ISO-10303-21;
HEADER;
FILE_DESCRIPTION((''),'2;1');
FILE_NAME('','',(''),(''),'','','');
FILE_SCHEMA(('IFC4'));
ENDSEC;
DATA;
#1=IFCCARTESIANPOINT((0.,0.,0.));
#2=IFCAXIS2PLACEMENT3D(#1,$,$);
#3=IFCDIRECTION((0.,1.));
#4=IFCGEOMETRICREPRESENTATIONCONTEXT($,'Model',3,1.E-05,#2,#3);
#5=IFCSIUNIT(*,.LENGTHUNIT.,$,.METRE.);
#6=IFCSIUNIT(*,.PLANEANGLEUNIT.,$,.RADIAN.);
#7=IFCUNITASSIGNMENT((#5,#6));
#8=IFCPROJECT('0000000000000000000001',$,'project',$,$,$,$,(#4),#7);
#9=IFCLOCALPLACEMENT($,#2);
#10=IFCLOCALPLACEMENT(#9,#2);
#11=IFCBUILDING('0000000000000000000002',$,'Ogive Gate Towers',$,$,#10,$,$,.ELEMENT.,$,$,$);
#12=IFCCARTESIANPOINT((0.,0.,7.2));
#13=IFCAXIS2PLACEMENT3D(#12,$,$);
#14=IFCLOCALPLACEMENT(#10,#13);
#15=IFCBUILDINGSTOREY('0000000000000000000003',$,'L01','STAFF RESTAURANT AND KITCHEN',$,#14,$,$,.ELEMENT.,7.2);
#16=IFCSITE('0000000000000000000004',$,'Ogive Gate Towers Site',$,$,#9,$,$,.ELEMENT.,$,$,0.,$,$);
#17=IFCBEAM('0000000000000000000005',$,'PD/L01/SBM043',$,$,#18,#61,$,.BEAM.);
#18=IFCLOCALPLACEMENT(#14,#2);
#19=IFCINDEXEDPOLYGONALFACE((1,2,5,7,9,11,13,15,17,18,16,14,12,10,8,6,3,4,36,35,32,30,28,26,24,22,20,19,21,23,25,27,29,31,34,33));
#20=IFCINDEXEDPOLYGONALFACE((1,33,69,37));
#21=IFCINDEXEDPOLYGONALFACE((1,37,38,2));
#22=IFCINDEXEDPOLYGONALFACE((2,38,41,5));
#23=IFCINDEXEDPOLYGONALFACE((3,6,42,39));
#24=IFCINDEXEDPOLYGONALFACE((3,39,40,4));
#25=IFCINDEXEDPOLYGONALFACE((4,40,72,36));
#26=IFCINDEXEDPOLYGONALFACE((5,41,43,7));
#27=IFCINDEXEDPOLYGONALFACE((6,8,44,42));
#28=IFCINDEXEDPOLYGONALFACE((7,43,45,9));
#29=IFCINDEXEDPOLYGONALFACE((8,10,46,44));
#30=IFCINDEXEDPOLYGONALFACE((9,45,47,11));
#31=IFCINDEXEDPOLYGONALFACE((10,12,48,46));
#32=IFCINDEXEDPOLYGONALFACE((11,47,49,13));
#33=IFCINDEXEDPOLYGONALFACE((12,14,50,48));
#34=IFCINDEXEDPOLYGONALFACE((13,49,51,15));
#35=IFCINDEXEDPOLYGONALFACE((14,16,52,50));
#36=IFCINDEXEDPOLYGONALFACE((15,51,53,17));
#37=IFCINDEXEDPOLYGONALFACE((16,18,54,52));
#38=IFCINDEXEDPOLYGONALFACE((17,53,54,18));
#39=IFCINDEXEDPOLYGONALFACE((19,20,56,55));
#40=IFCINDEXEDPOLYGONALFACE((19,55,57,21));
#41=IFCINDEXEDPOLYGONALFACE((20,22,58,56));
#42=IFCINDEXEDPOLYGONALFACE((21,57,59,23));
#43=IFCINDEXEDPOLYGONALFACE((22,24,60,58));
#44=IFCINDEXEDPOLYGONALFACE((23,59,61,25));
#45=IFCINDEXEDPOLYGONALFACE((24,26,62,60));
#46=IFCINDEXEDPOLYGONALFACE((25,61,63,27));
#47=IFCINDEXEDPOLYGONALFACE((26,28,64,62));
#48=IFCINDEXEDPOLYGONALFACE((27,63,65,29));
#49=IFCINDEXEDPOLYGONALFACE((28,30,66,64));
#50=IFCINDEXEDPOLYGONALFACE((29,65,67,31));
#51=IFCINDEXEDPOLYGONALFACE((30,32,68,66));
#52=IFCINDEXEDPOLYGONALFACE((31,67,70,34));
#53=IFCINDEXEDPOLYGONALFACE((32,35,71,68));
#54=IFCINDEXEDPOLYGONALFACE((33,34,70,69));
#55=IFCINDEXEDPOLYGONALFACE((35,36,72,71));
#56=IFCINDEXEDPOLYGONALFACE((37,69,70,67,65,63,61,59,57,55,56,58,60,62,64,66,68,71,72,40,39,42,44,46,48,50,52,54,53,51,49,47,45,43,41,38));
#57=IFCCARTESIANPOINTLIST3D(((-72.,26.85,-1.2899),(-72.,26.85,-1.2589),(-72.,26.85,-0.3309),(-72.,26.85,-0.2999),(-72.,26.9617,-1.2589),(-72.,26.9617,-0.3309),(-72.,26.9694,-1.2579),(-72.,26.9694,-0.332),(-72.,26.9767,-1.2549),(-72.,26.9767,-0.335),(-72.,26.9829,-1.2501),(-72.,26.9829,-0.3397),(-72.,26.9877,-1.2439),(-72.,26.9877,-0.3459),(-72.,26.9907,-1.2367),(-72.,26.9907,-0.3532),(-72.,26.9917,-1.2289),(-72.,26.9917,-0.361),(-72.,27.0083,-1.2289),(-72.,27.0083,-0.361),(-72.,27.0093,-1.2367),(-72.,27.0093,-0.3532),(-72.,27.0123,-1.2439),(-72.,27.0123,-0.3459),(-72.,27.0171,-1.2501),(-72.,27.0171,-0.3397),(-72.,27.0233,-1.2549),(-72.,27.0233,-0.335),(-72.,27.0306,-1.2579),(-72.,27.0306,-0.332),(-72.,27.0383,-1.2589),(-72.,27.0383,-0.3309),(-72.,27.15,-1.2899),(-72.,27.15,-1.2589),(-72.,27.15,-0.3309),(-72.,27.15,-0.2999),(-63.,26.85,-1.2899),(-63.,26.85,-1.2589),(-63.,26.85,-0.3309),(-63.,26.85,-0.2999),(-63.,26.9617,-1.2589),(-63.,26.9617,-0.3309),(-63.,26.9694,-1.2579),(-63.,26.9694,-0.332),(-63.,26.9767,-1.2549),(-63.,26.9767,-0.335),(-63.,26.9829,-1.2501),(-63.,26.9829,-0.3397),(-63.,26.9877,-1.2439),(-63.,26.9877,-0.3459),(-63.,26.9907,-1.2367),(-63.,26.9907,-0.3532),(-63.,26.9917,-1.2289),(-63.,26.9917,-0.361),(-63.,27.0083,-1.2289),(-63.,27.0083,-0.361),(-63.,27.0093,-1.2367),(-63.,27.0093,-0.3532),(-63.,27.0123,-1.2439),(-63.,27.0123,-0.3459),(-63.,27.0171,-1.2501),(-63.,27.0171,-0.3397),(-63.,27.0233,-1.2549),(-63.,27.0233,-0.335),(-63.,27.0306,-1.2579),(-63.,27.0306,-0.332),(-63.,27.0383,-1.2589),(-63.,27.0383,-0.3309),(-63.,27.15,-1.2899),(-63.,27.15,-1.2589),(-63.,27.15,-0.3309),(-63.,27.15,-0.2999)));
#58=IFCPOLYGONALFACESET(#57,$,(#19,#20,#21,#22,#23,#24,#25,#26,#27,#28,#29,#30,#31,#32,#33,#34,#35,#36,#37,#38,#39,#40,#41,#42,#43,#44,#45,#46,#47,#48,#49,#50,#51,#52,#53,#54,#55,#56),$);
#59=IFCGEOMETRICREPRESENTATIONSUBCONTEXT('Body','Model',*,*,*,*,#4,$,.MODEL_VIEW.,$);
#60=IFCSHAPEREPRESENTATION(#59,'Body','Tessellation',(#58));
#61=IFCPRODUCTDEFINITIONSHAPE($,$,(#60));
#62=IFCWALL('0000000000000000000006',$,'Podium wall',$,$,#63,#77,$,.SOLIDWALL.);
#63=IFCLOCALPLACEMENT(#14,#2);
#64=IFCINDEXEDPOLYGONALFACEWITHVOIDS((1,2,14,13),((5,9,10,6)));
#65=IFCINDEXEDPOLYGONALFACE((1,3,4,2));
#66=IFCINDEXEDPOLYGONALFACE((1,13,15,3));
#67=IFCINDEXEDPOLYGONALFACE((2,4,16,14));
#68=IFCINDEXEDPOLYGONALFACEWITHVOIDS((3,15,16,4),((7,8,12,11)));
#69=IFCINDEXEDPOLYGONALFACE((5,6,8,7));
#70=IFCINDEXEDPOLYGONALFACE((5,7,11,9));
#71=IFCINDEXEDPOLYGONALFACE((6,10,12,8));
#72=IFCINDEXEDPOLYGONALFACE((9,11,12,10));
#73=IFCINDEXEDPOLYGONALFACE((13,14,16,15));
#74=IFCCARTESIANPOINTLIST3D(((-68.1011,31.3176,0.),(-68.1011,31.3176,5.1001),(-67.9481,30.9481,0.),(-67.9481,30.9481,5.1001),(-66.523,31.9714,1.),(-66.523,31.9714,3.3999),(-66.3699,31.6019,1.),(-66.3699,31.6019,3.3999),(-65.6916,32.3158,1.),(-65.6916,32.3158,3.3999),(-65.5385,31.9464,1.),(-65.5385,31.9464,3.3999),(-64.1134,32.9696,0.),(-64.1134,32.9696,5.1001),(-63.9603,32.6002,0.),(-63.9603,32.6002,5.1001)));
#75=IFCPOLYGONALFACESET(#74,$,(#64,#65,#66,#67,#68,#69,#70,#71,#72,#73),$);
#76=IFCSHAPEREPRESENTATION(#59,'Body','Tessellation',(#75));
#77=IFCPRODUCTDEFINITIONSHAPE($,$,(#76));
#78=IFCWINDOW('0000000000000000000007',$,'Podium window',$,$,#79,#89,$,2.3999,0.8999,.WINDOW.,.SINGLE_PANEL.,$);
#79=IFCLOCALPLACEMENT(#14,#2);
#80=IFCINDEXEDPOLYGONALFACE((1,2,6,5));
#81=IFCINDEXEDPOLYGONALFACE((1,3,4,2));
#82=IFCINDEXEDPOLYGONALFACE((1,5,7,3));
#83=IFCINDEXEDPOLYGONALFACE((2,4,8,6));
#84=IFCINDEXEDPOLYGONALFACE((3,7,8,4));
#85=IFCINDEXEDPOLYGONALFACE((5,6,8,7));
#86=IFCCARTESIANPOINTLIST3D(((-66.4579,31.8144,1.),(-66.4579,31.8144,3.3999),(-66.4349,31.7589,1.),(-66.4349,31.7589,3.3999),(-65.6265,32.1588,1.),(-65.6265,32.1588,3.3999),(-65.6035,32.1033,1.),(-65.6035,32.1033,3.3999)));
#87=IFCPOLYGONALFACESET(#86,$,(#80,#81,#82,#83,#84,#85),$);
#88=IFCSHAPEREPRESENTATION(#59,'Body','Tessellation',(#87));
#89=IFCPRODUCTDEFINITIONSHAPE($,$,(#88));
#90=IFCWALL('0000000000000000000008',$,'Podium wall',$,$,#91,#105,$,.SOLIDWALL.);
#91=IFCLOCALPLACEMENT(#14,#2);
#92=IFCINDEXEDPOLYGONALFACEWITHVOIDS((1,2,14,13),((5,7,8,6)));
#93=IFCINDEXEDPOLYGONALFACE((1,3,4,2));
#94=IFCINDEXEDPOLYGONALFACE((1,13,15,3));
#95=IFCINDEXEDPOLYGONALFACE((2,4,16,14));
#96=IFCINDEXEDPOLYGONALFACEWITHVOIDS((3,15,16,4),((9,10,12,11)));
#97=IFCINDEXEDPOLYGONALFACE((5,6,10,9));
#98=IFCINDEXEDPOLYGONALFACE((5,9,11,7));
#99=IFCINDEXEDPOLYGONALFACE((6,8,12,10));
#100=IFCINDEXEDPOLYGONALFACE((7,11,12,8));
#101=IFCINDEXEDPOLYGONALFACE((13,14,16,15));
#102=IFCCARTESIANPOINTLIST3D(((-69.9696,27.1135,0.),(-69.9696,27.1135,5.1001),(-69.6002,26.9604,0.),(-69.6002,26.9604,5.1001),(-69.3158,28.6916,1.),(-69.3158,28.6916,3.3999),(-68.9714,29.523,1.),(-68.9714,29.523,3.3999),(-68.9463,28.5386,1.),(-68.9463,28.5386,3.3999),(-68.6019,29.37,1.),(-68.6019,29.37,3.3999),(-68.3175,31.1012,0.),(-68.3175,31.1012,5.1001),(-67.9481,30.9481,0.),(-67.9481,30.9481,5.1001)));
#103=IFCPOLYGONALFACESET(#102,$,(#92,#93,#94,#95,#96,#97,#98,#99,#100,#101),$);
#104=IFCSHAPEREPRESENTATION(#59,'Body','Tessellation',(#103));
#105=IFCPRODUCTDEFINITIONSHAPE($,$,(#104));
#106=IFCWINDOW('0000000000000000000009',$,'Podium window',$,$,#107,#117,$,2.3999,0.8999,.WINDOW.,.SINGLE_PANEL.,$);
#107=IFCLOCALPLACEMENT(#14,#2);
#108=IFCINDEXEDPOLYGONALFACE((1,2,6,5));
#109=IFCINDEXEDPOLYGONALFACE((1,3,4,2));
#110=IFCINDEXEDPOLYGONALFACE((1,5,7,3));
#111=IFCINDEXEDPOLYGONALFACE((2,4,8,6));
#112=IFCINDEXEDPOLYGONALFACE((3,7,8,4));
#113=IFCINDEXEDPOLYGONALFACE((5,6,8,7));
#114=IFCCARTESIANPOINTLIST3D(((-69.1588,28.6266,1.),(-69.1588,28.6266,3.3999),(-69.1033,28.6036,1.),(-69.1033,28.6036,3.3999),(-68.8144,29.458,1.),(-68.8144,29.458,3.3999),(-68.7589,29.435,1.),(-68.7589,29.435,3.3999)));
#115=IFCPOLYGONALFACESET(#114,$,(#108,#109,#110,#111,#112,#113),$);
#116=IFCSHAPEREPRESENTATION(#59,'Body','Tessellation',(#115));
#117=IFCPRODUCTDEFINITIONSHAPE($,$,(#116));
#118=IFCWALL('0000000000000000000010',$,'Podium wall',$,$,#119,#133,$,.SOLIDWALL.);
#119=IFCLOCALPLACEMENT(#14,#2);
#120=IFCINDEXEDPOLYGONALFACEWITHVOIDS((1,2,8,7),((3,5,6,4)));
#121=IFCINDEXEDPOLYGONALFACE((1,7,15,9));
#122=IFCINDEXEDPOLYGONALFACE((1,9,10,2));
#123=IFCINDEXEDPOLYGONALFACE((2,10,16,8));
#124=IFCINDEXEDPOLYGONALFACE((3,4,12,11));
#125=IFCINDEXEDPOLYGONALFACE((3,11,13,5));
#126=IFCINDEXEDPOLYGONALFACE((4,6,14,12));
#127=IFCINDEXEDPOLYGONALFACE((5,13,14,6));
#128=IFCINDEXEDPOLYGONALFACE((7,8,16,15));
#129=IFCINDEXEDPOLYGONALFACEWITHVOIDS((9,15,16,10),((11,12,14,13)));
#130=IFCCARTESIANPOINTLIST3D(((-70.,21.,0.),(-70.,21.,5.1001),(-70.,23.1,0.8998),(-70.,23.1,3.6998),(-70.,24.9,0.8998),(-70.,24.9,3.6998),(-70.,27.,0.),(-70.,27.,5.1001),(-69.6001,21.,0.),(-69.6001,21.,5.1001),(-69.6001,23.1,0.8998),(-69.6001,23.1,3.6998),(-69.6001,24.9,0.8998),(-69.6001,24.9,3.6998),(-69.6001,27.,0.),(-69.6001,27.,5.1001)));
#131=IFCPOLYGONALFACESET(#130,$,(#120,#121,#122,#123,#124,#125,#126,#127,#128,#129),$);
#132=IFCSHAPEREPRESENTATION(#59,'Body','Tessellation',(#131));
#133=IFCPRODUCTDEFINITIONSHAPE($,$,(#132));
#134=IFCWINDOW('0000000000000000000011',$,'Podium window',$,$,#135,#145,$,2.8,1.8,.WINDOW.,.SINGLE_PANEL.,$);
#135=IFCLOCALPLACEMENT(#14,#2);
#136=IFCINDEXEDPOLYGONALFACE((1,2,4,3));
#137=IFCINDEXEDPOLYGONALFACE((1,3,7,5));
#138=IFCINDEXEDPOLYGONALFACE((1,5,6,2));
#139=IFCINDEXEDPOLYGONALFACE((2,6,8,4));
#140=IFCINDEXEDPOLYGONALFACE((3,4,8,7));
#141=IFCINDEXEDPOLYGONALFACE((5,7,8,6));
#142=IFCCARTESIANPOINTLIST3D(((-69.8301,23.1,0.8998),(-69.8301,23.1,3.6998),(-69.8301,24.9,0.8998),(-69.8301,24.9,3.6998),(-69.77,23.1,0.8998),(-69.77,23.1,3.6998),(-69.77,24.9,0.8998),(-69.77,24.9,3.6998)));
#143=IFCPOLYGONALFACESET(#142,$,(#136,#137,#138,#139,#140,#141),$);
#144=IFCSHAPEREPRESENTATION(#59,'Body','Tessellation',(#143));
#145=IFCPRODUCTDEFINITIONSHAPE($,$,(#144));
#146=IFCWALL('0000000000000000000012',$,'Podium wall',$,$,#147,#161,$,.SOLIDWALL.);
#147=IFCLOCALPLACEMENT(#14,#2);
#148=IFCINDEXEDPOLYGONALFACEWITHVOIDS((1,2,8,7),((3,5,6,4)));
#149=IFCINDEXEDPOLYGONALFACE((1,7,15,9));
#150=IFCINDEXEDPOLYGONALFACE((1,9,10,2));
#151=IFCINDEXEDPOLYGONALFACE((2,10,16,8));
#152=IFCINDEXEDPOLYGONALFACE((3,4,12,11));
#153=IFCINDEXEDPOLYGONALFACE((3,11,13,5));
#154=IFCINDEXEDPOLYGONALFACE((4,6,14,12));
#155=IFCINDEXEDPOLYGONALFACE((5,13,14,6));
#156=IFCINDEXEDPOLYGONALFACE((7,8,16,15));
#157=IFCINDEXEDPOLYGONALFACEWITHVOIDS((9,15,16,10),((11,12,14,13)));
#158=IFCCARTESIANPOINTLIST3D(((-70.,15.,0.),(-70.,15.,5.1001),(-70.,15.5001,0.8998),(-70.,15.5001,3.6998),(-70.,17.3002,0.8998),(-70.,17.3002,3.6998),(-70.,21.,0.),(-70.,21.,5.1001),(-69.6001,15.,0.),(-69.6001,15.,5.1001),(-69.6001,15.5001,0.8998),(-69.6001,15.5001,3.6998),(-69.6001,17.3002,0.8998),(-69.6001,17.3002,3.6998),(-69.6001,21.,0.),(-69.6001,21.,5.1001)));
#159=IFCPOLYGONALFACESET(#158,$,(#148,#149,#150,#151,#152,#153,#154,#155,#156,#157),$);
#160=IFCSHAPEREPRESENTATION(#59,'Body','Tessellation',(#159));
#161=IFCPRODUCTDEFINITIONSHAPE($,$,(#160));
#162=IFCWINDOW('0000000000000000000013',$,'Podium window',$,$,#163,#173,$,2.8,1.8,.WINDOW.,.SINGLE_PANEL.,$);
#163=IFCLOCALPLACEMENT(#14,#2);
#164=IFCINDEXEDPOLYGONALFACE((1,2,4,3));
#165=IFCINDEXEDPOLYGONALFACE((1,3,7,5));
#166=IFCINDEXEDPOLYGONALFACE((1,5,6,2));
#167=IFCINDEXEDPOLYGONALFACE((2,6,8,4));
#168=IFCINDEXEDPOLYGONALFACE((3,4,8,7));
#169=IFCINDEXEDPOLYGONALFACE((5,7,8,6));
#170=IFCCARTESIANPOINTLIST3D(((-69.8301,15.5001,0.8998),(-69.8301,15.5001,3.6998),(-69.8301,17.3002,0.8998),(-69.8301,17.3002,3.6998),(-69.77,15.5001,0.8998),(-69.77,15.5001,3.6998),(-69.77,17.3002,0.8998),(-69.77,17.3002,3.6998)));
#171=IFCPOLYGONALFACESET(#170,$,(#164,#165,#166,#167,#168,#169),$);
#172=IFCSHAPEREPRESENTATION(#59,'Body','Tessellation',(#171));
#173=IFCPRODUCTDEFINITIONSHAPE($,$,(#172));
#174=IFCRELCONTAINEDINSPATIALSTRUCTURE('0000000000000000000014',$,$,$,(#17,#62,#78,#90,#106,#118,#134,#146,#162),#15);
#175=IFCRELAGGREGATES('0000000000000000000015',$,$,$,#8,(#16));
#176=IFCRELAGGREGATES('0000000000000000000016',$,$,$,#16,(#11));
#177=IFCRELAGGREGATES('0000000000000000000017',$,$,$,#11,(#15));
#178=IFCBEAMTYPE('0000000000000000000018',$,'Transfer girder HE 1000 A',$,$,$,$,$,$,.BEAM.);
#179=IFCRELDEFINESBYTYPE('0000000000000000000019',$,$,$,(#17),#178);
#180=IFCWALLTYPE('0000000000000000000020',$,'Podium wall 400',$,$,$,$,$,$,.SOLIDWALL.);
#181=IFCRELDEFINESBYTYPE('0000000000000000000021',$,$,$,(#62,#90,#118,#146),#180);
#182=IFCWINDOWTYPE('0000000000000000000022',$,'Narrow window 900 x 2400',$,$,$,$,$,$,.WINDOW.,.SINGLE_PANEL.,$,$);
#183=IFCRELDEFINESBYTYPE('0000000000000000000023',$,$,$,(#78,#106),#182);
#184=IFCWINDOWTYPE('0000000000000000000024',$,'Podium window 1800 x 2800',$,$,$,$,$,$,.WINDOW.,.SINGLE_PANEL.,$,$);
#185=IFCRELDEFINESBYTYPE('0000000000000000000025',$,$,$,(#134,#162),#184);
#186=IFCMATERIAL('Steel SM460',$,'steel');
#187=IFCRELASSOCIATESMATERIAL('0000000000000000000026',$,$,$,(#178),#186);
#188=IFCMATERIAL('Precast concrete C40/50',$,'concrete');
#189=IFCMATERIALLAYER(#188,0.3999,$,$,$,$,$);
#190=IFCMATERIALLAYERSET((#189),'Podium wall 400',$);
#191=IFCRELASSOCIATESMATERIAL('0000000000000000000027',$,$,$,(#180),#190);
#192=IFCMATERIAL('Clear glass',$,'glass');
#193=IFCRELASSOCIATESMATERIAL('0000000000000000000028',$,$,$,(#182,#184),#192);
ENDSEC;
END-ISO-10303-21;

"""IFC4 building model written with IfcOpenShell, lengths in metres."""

from ifc_helpers import new_model, si_unit, direction, frame, frame_2d, origin, origin_2d, place, context, subcontext, project, spatial, rectangle, i_section, extrude, material, layer, layer_set, material_profile, profile_set, type_object, element, fill, save


model = new_model("IFC4")

# Units and contexts
model_context = context("Model", 3, precision=1e-05, world=origin(), true_north=direction((0.0, 1.0)))
body_context = subcontext(model_context, "Body", "Model", "MODEL_VIEW")
ifc_project = project(units=[si_unit("LENGTHUNIT", "METRE"), si_unit("PLANEANGLEUNIT", "RADIAN")], contexts=[model_context])

# Site, building, storey
site_placement = place(None, origin())
site = spatial("IfcSite", under=ifc_project, at=site_placement, Name="Ogive Gate Towers Site", CompositionType="ELEMENT", RefElevation=0.0)
building_placement = place(site_placement, origin())
building = spatial("IfcBuilding", under=site, at=building_placement, Name="Ogive Gate Towers", CompositionType="ELEMENT")
storey_placement = place(building_placement, frame((0.0, 0.0, 7.2)))
storey = spatial("IfcBuildingStorey", under=building, at=storey_placement, Name="L01", Description="STAFF RESTAURANT AND KITCHEN", CompositionType="ELEMENT", Elevation=7.2)

# Beam
ifc_material_1 = material(Name="Steel SM460", Category="steel")
ifc_material_profile_1 = material_profile(ifc_material_1, i_section(OverallWidth=0.3, OverallDepth=0.99, WebThickness=0.0166, FlangeThickness=0.031, FilletRadius=0.03, at=origin_2d()), Name="HE 1000 A")
ifc_profile_set_1 = profile_set([ifc_material_profile_1], Name="Steel SM460")
beam_type_1 = type_object("IfcBeamType", Name="Transfer girder HE 1000 A", PredefinedType="BEAM", material=ifc_profile_set_1)
for number, where, z_axis, x_axis, name in (
    (1, (-72.0, 27.0, -0.7949), (1.0, 0.0, 0.0), (0.0, 1.0, 0.0), "PD/L01/SBM043"),
):
    element("IfcBeam", number, at=place(storey_placement, frame(where, z_axis=z_axis, x_axis=x_axis)), inside=storey, type_object=beam_type_1, Name=name, PredefinedType="BEAM", context=body_context, shape_type="SweptSolid", body=[
        extrude(i_section(OverallWidth=0.3, OverallDepth=0.99, WebThickness=0.0166, FlangeThickness=0.031, FilletRadius=0.03, at=origin_2d()), origin(), (0.0, 0.0, 1.0), 9.0),
    ])

# Walls, openings, windows
ifc_material_2 = material(Name="Precast concrete C40/50", Category="concrete")
ifc_layer = layer(ifc_material_2, 0.3999)
ifc_layer_set = layer_set([ifc_layer], Name="Podium wall 400")
wall_type = type_object("IfcWallType", Name="Podium wall 400", PredefinedType="SOLIDWALL", material=ifc_layer_set)
wall_1_placement = place(storey_placement, frame((-64.0369, 32.7849, 0.0), z_axis=(0.0, 0.0, 1.0), x_axis=(-0.923855, -0.382743, 0.0)))
wall_1 = element("IfcWall", 2, at=wall_1_placement, inside=storey, type_object=wall_type, Name="Podium wall", PredefinedType="SOLIDWALL", context=body_context, shape_type="SweptSolid", body=[
    extrude(rectangle(XDim=4.3164, YDim=0.3999, at=frame_2d((2.1582, 0.0))), origin(), (0.0, 0.0, 1.0), 5.1001),
])
opening_1_placement = place(wall_1_placement, frame((1.7083, 0.0, 1.0)))
opening_1 = element("IfcOpeningElement", 3, at=opening_1_placement, cuts=wall_1, PredefinedType="OPENING", context=body_context, shape_type="SweptSolid", body=[
    extrude(rectangle(XDim=0.8999, YDim=2.3999, at=frame_2d((0.45, 1.2))), frame((0.0, 0.21, 0.0), z_axis=(0.0, -1.0, 0.0), x_axis=(1.0, 0.0, 0.0)), (0.0, 0.0, 1.0), 0.4199),
])
ifc_material_3 = material(Name="Clear glass", Category="glass")
window_type_1 = type_object("IfcWindowType", Name="Narrow window 900 x 2400", PartitioningType="SINGLE_PANEL", PredefinedType="WINDOW", material=ifc_material_3)
window_1_placement = place(opening_1_placement, origin())
window_1 = element("IfcWindow", 4, at=window_1_placement, inside=storey, type_object=window_type_1, Name="Podium window", OverallHeight=2.3999, OverallWidth=0.8999, PartitioningType="SINGLE_PANEL", PredefinedType="WINDOW", context=body_context, shape_type="SweptSolid", body=[
    extrude(rectangle(XDim=0.8999, YDim=2.3999, at=frame_2d((0.45, 1.2))), frame((0.0, 0.03, 0.0), z_axis=(0.0, -1.0, 0.0), x_axis=(1.0, 0.0, 0.0)), (0.0, 0.0, 1.0), 0.0601),
])
fill(opening_1, window_1)
wall_2_placement = place(storey_placement, frame((-68.1328, 31.0247, 0.0), z_axis=(0.0, 0.0, 1.0), x_axis=(-0.382743, -0.923855, 0.0)))
wall_2 = element("IfcWall", 5, at=wall_2_placement, inside=storey, type_object=wall_type, Name="Podium wall", PredefinedType="SOLIDWALL", context=body_context, shape_type="SweptSolid", body=[
    extrude(rectangle(XDim=4.3164, YDim=0.3999, at=frame_2d((2.1582, 0.0))), origin(), (0.0, 0.0, 1.0), 5.1001),
])
opening_2_placement = place(wall_2_placement, frame((1.7083, 0.0, 1.0)))
opening_2 = element("IfcOpeningElement", 6, at=opening_2_placement, cuts=wall_2, PredefinedType="OPENING", context=body_context, shape_type="SweptSolid", body=[
    extrude(rectangle(XDim=0.8999, YDim=2.3999, at=frame_2d((0.45, 1.2))), frame((0.0, 0.21, 0.0), z_axis=(0.0, -1.0, 0.0), x_axis=(1.0, 0.0, 0.0)), (0.0, 0.0, 1.0), 0.4199),
])
window_2_placement = place(opening_2_placement, origin())
window_2 = element("IfcWindow", 7, at=window_2_placement, inside=storey, type_object=window_type_1, Name="Podium window", OverallHeight=2.3999, OverallWidth=0.8999, PartitioningType="SINGLE_PANEL", PredefinedType="WINDOW", context=body_context, shape_type="SweptSolid", body=[
    extrude(rectangle(XDim=0.8999, YDim=2.3999, at=frame_2d((0.45, 1.2))), frame((0.0, 0.03, 0.0), z_axis=(0.0, -1.0, 0.0), x_axis=(1.0, 0.0, 0.0)), (0.0, 0.0, 1.0), 0.0601),
])
fill(opening_2, window_2)
wall_3_placement = place(storey_placement, frame((-69.8, 27.0, 0.0), z_axis=(0.0, 0.0, 1.0), x_axis=(0.0, -1.0, 0.0)))
wall_3 = element("IfcWall", 8, at=wall_3_placement, inside=storey, type_object=wall_type, Name="Podium wall", PredefinedType="SOLIDWALL", context=body_context, shape_type="SweptSolid", body=[
    extrude(rectangle(XDim=6.0, YDim=0.3999, at=frame_2d((3.0, 0.0))), origin(), (0.0, 0.0, 1.0), 5.1001),
])
opening_3_placement = place(wall_3_placement, frame((2.1001, 0.0, 0.8999)))
opening_3 = element("IfcOpeningElement", 9, at=opening_3_placement, cuts=wall_3, PredefinedType="OPENING", context=body_context, shape_type="SweptSolid", body=[
    extrude(rectangle(XDim=1.8, YDim=2.8, at=frame_2d((0.8999, 1.3999))), frame((0.0, 0.21, 0.0), z_axis=(0.0, -1.0, 0.0), x_axis=(1.0, 0.0, 0.0)), (0.0, 0.0, 1.0), 0.4199),
])
window_type_2 = type_object("IfcWindowType", Name="Podium window 1800 x 2800", PartitioningType="SINGLE_PANEL", PredefinedType="WINDOW", material=ifc_material_3)
window_3_placement = place(opening_3_placement, origin())
window_3 = element("IfcWindow", 10, at=window_3_placement, inside=storey, type_object=window_type_2, Name="Podium window", OverallHeight=2.8, OverallWidth=1.8, PartitioningType="SINGLE_PANEL", PredefinedType="WINDOW", context=body_context, shape_type="SweptSolid", body=[
    extrude(rectangle(XDim=1.8, YDim=2.8, at=frame_2d((0.8999, 1.3999))), frame((0.0, 0.03, 0.0), z_axis=(0.0, -1.0, 0.0), x_axis=(1.0, 0.0, 0.0)), (0.0, 0.0, 1.0), 0.0601),
])
fill(opening_3, window_3)
wall_4_placement = place(storey_placement, frame((-69.8, 21.0, 0.0), z_axis=(0.0, 0.0, 1.0), x_axis=(0.0, -1.0, 0.0)))
wall_4 = element("IfcWall", 11, at=wall_4_placement, inside=storey, type_object=wall_type, Name="Podium wall", PredefinedType="SOLIDWALL", context=body_context, shape_type="SweptSolid", body=[
    extrude(rectangle(XDim=6.0, YDim=0.3999, at=frame_2d((3.0, 0.0))), origin(), (0.0, 0.0, 1.0), 5.1001),
])
opening_4_placement = place(wall_4_placement, frame((3.7, 0.0, 0.8999)))
opening_4 = element("IfcOpeningElement", 12, at=opening_4_placement, cuts=wall_4, PredefinedType="OPENING", context=body_context, shape_type="SweptSolid", body=[
    extrude(rectangle(XDim=1.8, YDim=2.8, at=frame_2d((0.8999, 1.3999))), frame((0.0, 0.21, 0.0), z_axis=(0.0, -1.0, 0.0), x_axis=(1.0, 0.0, 0.0)), (0.0, 0.0, 1.0), 0.4199),
])
window_4_placement = place(opening_4_placement, origin())
window_4 = element("IfcWindow", 13, at=window_4_placement, inside=storey, type_object=window_type_2, Name="Podium window", OverallHeight=2.8, OverallWidth=1.8, PartitioningType="SINGLE_PANEL", PredefinedType="WINDOW", context=body_context, shape_type="SweptSolid", body=[
    extrude(rectangle(XDim=1.8, YDim=2.8, at=frame_2d((0.8999, 1.3999))), frame((0.0, 0.03, 0.0), z_axis=(0.0, -1.0, 0.0), x_axis=(1.0, 0.0, 0.0)), (0.0, 0.0, 1.0), 0.0601),
])
fill(opening_4, window_4)

save(model, "model.ifc")
